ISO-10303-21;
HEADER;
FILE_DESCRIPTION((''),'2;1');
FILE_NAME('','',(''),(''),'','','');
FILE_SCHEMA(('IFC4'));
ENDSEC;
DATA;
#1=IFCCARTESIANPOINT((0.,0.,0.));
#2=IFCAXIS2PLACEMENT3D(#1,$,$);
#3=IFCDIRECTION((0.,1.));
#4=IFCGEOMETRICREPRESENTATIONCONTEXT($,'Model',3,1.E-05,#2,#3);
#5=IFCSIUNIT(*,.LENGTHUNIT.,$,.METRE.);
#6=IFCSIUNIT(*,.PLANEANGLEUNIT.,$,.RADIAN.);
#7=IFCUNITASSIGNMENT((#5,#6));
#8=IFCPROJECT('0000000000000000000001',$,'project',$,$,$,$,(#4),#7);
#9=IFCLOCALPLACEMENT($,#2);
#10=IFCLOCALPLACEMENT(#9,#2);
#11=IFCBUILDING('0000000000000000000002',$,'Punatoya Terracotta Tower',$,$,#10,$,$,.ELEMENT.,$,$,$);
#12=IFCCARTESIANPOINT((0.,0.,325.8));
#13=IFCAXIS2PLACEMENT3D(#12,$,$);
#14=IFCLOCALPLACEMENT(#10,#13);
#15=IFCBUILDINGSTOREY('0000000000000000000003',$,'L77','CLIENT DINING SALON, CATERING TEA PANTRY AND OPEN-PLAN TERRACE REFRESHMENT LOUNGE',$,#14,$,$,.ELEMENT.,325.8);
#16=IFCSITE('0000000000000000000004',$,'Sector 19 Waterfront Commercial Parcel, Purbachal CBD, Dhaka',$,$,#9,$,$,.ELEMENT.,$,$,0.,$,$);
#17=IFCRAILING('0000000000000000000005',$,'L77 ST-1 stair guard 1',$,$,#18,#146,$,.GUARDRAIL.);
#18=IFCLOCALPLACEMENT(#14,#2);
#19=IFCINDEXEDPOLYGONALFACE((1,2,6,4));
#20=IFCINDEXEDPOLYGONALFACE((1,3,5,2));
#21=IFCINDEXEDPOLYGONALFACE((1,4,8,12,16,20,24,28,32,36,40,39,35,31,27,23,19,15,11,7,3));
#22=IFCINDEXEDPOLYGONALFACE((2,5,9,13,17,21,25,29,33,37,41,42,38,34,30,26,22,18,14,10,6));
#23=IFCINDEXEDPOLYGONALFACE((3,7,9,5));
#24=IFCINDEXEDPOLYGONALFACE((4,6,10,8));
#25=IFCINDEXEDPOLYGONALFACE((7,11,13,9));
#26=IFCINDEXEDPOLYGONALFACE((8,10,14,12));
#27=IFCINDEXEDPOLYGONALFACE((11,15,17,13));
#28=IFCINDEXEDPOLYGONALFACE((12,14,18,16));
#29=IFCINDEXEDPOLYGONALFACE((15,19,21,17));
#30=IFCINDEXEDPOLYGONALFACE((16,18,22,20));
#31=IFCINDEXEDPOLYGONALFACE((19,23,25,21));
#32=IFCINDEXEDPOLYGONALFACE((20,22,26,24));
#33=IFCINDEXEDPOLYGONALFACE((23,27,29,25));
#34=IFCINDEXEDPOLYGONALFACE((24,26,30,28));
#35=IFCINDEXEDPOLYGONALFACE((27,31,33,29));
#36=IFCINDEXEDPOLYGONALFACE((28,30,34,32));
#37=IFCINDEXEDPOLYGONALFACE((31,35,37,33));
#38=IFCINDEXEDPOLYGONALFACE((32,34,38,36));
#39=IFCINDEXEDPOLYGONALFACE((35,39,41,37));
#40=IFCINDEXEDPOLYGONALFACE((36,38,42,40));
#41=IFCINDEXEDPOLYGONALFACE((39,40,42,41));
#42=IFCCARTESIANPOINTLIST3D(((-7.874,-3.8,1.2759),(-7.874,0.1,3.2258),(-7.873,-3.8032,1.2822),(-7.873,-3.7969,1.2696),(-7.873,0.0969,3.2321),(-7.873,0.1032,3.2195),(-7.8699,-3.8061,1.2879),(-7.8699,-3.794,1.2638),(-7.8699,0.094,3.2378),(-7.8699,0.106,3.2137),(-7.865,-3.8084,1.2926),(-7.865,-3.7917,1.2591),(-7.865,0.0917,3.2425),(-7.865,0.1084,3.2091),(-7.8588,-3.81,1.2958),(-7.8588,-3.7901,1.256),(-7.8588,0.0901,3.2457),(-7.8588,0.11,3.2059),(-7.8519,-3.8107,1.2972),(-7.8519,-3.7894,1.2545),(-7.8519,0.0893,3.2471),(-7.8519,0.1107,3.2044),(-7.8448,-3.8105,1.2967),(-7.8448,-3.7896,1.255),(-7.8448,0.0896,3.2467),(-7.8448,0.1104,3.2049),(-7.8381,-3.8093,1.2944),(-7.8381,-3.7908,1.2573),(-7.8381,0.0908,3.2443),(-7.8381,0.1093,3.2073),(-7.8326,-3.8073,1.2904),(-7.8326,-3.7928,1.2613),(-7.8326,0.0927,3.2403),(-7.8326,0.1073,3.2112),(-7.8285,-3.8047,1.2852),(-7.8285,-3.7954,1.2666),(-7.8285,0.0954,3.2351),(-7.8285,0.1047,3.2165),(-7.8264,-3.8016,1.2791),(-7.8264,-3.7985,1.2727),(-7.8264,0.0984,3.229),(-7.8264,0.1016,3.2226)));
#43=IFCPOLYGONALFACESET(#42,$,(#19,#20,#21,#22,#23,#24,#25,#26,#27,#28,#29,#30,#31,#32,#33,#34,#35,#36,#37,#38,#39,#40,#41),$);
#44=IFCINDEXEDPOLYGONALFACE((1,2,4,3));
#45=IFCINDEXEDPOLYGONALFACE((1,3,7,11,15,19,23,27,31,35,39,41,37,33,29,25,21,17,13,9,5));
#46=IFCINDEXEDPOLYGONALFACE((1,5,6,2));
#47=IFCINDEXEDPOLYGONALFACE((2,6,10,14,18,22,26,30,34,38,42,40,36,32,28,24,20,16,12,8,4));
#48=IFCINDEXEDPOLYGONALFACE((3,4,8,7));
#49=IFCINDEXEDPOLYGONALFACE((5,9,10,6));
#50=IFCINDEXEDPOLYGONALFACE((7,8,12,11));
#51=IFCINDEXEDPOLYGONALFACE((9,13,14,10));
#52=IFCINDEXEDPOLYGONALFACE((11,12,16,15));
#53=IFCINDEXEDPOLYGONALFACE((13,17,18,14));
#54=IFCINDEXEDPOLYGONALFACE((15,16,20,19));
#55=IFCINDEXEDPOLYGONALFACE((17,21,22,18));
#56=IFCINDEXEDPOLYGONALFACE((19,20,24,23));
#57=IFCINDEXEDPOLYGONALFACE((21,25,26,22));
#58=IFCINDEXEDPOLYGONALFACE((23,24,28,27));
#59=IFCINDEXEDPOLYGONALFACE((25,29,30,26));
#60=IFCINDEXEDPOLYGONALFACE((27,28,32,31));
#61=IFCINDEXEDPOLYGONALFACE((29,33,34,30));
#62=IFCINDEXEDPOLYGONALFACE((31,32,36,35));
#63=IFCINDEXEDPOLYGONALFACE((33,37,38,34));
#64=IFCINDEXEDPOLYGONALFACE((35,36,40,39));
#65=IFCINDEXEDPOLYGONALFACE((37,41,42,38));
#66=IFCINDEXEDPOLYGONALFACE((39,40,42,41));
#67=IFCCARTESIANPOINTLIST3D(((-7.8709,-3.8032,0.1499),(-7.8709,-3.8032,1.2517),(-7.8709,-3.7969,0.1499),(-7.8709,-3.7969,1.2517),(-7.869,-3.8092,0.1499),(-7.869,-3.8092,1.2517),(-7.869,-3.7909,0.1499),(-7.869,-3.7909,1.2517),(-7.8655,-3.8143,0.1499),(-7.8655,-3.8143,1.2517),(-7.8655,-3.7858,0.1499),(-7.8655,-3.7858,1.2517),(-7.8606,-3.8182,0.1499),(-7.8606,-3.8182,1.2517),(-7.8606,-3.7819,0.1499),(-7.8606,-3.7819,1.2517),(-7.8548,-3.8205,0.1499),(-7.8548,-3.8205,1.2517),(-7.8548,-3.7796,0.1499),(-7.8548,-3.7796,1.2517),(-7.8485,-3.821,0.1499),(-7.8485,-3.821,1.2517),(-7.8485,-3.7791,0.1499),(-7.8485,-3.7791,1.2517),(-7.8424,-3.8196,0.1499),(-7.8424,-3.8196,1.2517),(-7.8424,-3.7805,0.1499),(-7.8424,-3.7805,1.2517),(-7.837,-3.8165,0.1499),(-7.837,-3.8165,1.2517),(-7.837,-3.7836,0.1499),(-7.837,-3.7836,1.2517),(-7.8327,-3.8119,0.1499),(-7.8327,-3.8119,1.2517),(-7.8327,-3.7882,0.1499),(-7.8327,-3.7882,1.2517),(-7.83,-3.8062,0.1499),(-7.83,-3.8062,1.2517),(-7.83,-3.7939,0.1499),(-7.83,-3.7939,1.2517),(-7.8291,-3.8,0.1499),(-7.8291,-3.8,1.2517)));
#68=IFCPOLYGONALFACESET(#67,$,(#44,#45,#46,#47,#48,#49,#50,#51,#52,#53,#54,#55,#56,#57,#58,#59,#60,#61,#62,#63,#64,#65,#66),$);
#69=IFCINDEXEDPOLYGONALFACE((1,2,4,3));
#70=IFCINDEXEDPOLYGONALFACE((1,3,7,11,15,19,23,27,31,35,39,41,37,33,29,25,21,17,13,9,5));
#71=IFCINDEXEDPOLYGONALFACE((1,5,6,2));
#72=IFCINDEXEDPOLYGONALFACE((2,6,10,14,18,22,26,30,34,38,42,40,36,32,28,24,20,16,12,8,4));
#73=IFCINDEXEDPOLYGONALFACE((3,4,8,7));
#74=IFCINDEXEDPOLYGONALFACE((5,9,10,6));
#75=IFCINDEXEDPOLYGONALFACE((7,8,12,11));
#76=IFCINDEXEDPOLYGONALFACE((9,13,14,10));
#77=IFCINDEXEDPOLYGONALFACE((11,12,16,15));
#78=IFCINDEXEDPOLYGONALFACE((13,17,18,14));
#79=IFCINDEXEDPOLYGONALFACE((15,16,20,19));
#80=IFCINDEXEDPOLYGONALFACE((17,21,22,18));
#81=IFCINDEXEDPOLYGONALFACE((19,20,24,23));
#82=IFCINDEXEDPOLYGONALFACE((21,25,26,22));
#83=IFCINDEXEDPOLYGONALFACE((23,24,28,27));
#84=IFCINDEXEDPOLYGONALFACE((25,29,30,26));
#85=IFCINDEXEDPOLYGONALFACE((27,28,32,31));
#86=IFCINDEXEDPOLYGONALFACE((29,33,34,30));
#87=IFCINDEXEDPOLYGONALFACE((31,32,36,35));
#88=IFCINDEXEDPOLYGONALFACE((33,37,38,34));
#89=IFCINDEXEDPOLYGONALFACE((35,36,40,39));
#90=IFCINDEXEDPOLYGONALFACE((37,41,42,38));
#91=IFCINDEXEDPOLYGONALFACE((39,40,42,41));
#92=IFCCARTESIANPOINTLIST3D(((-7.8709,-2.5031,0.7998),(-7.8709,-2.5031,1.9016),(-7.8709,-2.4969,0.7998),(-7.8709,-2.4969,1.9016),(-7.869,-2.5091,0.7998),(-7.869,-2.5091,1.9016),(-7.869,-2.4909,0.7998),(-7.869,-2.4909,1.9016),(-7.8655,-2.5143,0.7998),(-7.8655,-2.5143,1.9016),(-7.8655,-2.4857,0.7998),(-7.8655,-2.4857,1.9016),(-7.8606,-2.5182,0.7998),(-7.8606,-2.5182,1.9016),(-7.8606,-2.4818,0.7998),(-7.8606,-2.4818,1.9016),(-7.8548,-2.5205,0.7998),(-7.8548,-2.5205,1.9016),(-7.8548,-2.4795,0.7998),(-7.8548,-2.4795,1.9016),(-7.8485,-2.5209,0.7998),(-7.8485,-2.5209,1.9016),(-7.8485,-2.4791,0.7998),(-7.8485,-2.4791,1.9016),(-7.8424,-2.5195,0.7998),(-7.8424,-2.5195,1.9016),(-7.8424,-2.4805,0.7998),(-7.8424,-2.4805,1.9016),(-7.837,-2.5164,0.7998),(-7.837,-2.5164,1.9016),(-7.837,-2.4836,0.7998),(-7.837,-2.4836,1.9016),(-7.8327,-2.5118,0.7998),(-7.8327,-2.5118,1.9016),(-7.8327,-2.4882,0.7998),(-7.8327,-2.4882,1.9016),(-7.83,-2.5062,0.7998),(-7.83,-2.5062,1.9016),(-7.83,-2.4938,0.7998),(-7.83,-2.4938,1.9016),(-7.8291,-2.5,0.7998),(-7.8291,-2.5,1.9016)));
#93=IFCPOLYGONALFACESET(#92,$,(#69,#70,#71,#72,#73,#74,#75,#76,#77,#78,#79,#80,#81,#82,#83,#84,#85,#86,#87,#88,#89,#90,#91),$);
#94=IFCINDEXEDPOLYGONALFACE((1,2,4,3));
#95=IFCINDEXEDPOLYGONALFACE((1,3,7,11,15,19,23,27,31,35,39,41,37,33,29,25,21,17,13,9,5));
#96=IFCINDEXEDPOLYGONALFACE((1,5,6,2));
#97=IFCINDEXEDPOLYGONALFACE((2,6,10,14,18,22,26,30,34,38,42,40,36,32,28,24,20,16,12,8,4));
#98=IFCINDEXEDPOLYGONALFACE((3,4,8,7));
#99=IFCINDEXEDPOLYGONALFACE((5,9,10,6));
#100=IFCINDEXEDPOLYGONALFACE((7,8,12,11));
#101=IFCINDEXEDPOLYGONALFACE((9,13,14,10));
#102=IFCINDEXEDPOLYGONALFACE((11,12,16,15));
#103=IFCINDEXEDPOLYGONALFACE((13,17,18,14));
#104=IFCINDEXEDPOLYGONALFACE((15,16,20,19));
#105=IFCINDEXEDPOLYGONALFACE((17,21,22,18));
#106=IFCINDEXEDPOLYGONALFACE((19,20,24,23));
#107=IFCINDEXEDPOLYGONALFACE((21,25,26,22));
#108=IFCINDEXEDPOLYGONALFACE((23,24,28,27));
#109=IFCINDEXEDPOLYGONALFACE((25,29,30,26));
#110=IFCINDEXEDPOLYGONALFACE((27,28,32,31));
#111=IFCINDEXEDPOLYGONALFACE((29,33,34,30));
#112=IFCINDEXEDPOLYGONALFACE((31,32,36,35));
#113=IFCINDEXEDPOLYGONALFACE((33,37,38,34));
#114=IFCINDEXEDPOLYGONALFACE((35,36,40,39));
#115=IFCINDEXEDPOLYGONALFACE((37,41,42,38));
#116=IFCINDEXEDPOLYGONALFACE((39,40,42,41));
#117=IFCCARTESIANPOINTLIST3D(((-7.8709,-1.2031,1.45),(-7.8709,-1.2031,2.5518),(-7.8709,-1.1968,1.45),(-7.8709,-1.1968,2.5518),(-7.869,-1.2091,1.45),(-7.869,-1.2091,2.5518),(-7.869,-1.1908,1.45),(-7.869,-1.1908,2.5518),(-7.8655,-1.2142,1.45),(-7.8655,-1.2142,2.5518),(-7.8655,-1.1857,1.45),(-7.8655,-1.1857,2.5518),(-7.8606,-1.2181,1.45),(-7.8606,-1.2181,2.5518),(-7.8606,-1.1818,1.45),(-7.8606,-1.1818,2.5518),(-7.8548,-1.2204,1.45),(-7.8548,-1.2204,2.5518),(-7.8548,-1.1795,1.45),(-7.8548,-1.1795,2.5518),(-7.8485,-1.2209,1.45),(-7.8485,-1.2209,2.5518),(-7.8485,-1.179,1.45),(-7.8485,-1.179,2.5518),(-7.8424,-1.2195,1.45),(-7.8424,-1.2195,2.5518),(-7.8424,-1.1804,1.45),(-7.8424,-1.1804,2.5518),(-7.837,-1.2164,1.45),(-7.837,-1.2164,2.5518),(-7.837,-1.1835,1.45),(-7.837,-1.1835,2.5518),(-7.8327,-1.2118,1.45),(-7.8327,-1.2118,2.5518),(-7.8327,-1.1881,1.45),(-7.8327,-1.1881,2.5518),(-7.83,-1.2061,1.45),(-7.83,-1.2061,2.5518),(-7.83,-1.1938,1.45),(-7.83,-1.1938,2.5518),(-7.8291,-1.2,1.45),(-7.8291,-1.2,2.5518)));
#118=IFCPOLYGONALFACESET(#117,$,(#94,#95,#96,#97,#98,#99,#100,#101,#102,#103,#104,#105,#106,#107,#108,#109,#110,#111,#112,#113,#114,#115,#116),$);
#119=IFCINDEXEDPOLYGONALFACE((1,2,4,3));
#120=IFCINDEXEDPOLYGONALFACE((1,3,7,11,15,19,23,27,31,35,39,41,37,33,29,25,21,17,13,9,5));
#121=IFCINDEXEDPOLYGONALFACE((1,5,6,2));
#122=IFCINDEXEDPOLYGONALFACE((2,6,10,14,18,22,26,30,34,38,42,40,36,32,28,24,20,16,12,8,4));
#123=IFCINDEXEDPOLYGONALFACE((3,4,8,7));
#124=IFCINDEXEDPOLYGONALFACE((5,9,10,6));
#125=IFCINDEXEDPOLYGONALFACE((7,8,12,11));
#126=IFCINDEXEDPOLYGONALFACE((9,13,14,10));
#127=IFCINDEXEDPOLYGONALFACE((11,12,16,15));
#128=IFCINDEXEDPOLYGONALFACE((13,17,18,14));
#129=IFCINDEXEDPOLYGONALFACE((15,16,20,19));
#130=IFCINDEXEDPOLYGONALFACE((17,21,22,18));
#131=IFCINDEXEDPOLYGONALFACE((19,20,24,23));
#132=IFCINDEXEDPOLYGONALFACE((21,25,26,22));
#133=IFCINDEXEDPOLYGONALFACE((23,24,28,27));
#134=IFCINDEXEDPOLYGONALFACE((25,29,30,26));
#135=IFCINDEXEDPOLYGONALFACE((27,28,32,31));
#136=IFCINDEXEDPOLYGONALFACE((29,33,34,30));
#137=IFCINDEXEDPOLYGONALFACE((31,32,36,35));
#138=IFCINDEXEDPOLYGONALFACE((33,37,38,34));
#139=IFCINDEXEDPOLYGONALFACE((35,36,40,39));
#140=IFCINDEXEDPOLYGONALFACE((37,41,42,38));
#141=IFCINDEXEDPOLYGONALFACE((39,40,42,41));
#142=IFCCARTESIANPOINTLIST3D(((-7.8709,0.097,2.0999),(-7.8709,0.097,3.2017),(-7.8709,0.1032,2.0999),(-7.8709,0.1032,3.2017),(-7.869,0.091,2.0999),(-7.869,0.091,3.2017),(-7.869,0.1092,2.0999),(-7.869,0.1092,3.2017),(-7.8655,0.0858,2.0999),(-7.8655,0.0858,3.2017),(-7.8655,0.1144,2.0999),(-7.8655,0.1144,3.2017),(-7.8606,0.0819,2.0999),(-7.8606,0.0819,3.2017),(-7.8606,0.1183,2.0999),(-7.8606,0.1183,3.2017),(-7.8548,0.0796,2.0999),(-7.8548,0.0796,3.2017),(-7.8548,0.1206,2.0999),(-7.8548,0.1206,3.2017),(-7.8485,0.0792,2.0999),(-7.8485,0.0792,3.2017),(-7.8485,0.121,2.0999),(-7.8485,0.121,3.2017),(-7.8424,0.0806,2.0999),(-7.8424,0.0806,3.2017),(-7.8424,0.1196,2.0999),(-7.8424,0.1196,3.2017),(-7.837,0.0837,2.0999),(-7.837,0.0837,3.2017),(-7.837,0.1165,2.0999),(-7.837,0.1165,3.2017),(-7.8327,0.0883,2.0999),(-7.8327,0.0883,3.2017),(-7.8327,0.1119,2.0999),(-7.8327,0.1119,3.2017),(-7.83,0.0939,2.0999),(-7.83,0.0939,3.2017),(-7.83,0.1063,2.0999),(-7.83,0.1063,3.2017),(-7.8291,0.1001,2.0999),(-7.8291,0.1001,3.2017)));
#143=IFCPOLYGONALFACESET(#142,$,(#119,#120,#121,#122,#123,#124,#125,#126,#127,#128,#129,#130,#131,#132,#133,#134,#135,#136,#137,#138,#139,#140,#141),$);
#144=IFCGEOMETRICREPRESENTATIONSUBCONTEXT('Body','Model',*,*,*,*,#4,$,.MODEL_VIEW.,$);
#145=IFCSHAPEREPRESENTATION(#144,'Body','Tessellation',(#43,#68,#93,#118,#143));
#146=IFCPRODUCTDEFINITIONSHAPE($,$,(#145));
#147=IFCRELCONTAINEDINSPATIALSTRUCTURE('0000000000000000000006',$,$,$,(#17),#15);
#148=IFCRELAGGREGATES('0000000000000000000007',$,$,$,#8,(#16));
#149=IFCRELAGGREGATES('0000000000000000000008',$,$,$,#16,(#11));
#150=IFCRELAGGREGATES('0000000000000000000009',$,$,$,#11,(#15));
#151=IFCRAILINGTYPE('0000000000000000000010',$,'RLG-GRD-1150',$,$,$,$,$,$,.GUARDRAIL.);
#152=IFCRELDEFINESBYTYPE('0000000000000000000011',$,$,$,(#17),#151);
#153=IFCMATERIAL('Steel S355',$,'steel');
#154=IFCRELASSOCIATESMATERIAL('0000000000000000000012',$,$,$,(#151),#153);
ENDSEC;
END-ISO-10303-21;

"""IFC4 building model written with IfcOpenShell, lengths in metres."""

from ifc_helpers import new_model, si_unit, direction, frame, origin, origin_2d, place, context, subcontext, project, spatial, circle, extrude, material, type_object, element, save


model = new_model("IFC4")

# Units and contexts
model_context = context("Model", 3, precision=1e-05, world=origin(), true_north=direction((0.0, 1.0)))
body_context = subcontext(model_context, "Body", "Model", "MODEL_VIEW")
ifc_project = project(units=[si_unit("LENGTHUNIT", "METRE"), si_unit("PLANEANGLEUNIT", "RADIAN")], contexts=[model_context])

# Site, building, storey
site_placement = place(None, origin())
site = spatial("IfcSite", under=ifc_project, at=site_placement, Name="Sector 19 Waterfront Commercial Parcel, Purbachal CBD, Dhaka", CompositionType="ELEMENT", RefElevation=0.0)
building_placement = place(site_placement, origin())
building = spatial("IfcBuilding", under=site, at=building_placement, Name="Punatoya Terracotta Tower", CompositionType="ELEMENT")
storey_placement = place(building_placement, frame((0.0, 0.0, 325.8)))
storey = spatial("IfcBuildingStorey", under=building, at=storey_placement, Name="L77", Description="CLIENT DINING SALON, CATERING TEA PANTRY AND OPEN-PLAN TERRACE REFRESHMENT LOUNGE", CompositionType="ELEMENT", Elevation=325.8)

# Shared definitions
ifc_material_1 = material(Name="Steel S355", Category="steel")

# Railing
railing_type_1 = type_object("IfcRailingType", Name="RLG-GRD-1150", PredefinedType="GUARDRAIL", material=ifc_material_1)
railing_1_placement = place(storey_placement, frame((-7.8501, -3.8, 0.1499)))
element("IfcRailing", 1, at=railing_1_placement, inside=storey, type_object=railing_type_1, Name="L77 ST-1 stair guard 1", PredefinedType="GUARDRAIL", context=body_context, shape_type="SweptSolid", body=[
    extrude(circle(Radius=0.0239, at=origin_2d()), frame((0.0, 0.0, 1.126), z_axis=(0.0, 0.894438, 0.447191), x_axis=(-1.0, 0.0, 0.0)), (0.0, 0.0, 1.0), 4.3604),
    extrude(circle(Radius=0.021, at=origin_2d()), origin(), (0.0, 0.0, 1.0), 1.1018),
    extrude(circle(Radius=0.021, at=origin_2d()), frame((0.0, 1.3, 0.6499)), (0.0, 0.0, 1.0), 1.1018),
    extrude(circle(Radius=0.021, at=origin_2d()), frame((0.0, 2.6001, 1.3)), (0.0, 0.0, 1.0), 1.1018),
    extrude(circle(Radius=0.021, at=origin_2d()), frame((0.0, 3.9001, 1.95)), (0.0, 0.0, 1.0), 1.1018),
])

save(model, "model.ifc")
